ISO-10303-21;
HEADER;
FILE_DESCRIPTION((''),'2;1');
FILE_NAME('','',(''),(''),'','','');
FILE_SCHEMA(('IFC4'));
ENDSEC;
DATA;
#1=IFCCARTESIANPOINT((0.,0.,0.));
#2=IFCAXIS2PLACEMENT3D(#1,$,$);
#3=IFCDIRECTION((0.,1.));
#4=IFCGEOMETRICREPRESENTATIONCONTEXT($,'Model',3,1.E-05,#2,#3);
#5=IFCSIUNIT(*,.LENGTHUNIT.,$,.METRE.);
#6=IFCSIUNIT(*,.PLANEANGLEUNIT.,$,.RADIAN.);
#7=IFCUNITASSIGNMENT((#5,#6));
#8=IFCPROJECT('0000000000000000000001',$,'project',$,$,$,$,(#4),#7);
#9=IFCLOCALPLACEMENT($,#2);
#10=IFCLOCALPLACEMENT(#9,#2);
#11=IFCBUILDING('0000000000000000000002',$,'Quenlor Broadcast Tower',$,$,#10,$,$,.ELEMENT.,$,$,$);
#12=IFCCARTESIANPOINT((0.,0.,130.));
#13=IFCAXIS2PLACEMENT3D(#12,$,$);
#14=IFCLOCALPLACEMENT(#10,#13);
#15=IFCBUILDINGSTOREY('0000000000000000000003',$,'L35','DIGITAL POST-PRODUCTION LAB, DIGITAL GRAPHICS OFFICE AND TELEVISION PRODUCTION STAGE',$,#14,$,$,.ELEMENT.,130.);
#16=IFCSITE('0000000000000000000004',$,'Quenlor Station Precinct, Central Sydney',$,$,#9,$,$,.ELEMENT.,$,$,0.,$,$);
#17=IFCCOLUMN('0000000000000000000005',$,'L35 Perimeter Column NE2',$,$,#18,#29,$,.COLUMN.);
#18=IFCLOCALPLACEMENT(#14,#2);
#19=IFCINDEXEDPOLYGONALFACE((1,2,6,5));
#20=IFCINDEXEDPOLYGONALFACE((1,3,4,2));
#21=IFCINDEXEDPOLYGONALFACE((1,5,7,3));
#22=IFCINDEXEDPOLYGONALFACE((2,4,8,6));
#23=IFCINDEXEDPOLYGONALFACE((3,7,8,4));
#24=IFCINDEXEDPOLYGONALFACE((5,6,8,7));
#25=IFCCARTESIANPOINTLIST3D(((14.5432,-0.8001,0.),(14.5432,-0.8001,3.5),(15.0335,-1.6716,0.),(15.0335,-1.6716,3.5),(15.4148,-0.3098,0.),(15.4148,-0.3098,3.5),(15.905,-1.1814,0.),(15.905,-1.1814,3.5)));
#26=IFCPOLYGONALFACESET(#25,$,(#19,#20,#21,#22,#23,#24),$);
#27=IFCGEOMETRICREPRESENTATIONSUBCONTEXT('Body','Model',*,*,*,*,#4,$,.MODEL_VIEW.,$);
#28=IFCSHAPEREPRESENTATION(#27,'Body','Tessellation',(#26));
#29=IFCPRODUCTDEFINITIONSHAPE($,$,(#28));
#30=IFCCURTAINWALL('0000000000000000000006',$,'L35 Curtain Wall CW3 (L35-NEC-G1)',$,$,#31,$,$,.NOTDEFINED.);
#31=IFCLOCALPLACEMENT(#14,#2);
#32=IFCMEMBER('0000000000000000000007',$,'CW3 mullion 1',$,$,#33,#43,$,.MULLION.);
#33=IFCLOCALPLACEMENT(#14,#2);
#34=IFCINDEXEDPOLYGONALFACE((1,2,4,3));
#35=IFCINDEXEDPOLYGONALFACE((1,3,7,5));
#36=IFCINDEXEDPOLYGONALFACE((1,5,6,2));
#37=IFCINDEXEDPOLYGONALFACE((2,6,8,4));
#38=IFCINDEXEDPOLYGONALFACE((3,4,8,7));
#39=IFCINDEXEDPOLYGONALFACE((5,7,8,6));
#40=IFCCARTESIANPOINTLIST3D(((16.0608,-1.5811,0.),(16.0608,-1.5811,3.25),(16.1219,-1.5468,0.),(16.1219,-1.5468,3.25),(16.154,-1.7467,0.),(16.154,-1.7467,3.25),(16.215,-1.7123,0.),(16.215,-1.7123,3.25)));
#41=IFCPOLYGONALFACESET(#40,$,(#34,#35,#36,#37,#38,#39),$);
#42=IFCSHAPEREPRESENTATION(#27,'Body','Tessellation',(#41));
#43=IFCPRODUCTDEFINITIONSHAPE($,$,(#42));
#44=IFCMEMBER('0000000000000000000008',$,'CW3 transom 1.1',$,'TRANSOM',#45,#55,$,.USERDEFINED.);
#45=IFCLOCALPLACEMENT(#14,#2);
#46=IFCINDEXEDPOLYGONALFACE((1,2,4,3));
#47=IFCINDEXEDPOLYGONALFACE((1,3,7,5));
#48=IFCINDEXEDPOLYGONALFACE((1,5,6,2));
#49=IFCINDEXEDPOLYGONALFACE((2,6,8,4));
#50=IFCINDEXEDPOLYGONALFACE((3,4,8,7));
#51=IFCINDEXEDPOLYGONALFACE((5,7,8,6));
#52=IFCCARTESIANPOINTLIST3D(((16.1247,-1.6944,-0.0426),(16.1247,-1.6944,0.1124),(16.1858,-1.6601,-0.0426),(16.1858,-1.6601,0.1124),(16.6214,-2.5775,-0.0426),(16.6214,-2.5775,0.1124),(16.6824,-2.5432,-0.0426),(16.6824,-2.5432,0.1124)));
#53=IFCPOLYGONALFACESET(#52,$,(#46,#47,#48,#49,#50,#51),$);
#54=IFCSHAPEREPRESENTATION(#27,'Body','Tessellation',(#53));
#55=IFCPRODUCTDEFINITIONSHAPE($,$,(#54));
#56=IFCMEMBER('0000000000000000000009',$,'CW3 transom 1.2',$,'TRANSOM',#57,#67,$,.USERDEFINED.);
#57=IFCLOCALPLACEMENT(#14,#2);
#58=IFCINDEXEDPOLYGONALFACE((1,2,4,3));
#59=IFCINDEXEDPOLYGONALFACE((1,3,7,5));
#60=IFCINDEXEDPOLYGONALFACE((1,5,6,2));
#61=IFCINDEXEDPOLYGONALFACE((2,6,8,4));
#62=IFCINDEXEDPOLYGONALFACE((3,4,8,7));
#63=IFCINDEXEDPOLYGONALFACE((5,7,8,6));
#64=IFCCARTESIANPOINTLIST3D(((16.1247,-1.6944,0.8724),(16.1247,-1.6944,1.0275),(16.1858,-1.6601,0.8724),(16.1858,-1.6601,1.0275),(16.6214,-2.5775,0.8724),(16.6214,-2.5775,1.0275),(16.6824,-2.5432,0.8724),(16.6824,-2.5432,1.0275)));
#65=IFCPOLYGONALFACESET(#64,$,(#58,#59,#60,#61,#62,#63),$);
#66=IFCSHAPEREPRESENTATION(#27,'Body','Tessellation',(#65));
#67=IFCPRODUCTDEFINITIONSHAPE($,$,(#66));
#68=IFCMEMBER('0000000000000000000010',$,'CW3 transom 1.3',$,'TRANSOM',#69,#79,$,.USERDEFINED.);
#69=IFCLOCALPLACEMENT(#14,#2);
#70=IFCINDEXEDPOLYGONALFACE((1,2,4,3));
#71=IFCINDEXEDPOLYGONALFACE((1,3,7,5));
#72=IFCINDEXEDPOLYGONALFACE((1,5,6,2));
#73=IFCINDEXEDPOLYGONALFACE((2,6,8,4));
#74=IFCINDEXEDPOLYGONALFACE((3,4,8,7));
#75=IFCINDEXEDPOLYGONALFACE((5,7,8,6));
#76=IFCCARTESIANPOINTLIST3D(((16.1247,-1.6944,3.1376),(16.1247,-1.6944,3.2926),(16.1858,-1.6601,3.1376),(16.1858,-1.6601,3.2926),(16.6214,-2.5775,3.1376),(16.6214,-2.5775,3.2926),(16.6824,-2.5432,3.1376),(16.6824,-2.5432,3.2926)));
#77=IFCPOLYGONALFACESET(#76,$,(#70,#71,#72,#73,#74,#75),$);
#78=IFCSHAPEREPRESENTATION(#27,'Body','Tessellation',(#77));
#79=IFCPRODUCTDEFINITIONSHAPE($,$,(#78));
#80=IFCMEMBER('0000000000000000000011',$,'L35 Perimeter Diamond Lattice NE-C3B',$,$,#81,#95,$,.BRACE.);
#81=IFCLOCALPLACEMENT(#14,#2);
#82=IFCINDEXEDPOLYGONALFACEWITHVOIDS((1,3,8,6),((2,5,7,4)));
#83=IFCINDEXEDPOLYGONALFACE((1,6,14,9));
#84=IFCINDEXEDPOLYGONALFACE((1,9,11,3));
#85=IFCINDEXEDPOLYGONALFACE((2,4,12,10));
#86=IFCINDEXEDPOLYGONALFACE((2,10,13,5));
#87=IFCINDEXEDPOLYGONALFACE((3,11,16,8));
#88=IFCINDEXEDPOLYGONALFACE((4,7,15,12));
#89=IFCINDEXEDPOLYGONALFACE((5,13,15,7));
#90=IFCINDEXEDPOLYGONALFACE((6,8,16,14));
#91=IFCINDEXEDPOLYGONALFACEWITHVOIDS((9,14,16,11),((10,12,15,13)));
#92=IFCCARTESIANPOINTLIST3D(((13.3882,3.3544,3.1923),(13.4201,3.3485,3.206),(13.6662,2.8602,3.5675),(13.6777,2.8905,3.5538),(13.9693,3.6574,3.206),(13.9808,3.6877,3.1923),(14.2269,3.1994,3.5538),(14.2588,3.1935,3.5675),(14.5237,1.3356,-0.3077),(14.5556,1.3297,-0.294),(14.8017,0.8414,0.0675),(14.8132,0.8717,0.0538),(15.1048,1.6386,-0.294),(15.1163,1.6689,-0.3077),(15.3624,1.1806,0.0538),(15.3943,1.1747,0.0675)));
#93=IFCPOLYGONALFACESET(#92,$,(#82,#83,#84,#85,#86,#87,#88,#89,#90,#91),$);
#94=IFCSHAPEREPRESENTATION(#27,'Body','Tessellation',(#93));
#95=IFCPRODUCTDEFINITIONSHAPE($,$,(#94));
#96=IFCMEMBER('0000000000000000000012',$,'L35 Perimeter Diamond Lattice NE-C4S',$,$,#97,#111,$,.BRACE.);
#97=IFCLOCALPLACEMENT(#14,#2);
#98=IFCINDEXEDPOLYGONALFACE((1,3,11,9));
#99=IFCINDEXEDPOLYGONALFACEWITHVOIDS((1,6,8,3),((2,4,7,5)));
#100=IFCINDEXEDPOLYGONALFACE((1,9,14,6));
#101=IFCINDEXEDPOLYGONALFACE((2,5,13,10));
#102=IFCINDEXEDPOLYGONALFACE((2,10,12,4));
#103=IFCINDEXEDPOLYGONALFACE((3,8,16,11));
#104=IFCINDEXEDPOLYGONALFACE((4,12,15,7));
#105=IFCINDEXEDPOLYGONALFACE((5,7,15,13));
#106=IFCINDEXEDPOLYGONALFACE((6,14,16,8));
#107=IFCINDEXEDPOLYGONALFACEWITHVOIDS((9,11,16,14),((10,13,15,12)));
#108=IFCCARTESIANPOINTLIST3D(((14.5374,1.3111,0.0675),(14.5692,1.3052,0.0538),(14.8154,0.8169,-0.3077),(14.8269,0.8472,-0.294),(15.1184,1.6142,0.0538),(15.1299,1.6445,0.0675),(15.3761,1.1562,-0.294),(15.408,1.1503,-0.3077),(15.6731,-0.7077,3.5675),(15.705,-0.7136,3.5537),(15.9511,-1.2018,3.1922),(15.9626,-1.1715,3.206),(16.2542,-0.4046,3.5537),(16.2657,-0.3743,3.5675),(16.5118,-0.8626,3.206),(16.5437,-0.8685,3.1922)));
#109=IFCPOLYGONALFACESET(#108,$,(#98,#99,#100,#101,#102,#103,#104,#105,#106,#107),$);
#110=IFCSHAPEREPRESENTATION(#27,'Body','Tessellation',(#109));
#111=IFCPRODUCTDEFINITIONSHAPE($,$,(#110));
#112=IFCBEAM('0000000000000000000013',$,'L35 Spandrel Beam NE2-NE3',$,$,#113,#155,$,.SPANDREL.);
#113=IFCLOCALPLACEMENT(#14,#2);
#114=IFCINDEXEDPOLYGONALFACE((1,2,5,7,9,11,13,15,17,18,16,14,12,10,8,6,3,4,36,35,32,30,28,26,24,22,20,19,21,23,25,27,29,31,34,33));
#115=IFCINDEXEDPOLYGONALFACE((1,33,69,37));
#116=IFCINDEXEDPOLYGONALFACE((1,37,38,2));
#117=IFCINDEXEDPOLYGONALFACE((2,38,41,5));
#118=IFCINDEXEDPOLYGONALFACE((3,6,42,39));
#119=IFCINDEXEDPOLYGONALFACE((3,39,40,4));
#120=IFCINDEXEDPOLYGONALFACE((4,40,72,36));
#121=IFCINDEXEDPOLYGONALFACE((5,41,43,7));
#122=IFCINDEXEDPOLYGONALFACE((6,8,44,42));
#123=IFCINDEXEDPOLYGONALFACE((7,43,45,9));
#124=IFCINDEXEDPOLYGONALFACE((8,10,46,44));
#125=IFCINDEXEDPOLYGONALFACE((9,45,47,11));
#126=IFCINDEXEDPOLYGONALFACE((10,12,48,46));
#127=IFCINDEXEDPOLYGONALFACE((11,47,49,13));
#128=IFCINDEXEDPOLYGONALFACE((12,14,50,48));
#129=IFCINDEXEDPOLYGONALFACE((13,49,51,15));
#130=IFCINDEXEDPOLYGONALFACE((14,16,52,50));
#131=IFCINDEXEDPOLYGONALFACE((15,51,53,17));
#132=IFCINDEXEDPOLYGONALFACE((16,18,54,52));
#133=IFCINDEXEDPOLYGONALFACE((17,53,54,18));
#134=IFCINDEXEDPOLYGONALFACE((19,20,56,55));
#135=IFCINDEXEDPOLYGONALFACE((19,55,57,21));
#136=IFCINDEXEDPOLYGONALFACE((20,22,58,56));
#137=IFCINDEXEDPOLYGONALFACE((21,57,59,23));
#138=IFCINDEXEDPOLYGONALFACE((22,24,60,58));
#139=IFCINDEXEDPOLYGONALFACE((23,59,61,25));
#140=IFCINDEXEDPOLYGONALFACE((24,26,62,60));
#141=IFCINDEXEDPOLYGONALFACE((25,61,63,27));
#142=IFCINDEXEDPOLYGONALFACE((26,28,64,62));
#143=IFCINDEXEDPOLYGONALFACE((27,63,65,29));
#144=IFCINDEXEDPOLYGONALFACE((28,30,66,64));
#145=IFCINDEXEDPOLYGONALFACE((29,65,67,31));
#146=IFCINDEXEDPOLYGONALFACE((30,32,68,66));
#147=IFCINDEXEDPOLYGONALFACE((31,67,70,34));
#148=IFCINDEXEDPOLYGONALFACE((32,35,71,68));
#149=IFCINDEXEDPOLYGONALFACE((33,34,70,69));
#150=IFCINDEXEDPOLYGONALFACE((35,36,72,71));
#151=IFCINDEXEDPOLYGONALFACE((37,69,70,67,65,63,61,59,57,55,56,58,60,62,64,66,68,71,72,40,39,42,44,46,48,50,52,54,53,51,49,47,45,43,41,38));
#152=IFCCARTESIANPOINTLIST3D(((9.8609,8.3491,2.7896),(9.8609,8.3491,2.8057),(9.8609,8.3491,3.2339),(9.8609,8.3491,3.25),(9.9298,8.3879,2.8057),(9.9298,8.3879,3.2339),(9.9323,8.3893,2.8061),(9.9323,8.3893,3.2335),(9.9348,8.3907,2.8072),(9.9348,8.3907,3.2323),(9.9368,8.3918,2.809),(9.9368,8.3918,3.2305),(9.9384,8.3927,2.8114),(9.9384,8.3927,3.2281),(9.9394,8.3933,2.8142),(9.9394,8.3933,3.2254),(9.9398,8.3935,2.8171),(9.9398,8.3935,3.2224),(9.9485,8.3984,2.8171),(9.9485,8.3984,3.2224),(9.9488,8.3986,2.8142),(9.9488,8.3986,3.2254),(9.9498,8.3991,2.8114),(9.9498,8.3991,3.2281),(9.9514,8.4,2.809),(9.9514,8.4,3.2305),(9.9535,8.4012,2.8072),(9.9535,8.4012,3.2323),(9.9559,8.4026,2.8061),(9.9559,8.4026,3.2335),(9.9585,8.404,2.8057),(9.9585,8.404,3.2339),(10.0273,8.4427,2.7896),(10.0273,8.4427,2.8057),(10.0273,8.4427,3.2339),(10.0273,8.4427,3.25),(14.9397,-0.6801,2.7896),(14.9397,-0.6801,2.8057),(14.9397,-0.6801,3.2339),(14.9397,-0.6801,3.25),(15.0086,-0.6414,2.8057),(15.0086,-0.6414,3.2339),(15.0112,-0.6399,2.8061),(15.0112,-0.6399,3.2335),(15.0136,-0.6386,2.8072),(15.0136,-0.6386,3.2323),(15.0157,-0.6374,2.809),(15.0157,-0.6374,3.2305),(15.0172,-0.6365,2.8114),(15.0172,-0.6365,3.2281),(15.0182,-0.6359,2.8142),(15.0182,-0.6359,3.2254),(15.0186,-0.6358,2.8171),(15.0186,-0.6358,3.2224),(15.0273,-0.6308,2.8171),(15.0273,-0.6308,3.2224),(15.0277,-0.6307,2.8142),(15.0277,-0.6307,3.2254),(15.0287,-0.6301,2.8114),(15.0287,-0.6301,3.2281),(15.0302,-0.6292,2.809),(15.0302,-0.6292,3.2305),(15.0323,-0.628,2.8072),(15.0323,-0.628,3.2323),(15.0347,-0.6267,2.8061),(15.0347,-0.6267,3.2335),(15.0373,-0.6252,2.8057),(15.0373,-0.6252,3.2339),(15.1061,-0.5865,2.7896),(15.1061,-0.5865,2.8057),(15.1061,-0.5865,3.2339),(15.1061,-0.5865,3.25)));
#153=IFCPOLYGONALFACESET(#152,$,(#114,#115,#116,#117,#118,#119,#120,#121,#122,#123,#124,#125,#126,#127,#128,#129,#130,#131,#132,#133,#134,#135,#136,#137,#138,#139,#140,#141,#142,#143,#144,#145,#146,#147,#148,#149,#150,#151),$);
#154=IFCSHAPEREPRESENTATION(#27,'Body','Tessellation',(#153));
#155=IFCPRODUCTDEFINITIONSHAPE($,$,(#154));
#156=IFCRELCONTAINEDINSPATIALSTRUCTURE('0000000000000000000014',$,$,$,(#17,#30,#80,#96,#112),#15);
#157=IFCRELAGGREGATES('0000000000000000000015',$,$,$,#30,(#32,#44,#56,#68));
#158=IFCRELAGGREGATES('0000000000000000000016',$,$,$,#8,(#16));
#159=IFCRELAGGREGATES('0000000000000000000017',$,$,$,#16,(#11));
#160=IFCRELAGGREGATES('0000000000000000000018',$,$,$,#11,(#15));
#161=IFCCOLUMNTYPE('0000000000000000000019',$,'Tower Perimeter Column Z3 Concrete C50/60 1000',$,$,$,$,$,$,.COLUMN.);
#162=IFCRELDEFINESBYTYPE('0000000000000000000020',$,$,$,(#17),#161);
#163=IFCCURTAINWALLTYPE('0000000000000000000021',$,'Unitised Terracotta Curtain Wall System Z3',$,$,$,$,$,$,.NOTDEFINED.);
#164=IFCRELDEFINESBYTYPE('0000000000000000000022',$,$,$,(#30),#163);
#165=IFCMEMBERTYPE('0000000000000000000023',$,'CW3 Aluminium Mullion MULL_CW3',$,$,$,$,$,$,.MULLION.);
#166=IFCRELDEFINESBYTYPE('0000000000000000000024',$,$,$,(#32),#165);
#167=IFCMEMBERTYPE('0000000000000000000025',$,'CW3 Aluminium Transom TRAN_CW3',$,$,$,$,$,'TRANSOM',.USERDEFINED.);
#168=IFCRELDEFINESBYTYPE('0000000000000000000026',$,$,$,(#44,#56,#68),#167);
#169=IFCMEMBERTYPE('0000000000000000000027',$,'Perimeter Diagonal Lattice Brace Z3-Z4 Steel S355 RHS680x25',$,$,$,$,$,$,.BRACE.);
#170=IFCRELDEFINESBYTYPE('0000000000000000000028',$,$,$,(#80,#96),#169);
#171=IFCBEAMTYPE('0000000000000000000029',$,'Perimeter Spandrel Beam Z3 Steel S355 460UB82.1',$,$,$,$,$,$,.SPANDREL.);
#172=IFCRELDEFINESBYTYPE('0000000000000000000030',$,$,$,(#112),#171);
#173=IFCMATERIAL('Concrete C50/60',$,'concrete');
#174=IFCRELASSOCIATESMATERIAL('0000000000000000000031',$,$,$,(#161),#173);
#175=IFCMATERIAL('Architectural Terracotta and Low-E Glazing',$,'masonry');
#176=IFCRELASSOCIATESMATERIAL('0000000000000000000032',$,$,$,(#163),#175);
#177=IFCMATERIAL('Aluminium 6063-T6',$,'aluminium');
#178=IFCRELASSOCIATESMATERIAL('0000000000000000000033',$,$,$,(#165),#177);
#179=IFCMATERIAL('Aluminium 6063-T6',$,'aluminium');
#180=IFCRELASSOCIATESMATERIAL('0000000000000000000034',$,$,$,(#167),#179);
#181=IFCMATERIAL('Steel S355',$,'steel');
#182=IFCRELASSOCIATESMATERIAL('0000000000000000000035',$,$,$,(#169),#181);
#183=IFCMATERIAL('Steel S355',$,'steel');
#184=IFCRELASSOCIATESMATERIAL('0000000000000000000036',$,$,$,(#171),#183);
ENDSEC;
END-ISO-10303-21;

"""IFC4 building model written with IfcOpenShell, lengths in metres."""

from ifc_helpers import new_model, si_unit, direction, frame, origin, origin_2d, place, context, subcontext, project, spatial, rectangle, hollow_rectangle, i_section, extrude, material, material_profile, profile_set, type_object, element, aggregate, save


model = new_model("IFC4")

# Units and contexts
model_context = context("Model", 3, precision=1e-05, world=origin(), true_north=direction((0.0, 1.0)))
body_context = subcontext(model_context, "Body", "Model", "MODEL_VIEW")
ifc_project = project(units=[si_unit("LENGTHUNIT", "METRE"), si_unit("PLANEANGLEUNIT", "RADIAN")], contexts=[model_context])

# Site, building, storey
site_placement = place(None, origin())
site = spatial("IfcSite", under=ifc_project, at=site_placement, Name="Quenlor Station Precinct, Central Sydney", CompositionType="ELEMENT", RefElevation=0.0)
building_placement = place(site_placement, origin())
building = spatial("IfcBuilding", under=site, at=building_placement, Name="Quenlor Broadcast Tower", CompositionType="ELEMENT")
storey_placement = place(building_placement, frame((0.0, 0.0, 130.0)))
storey = spatial("IfcBuildingStorey", under=building, at=storey_placement, Name="L35", Description="DIGITAL POST-PRODUCTION LAB, DIGITAL GRAPHICS OFFICE AND TELEVISION PRODUCTION STAGE", CompositionType="ELEMENT", Elevation=130.0)

# Column
ifc_material_1 = material(Name="Concrete C50/60", Category="concrete")
ifc_material_profile_1 = material_profile(ifc_material_1, rectangle(XDim=1.0, YDim=1.0, at=origin_2d()))
ifc_profile_set_1 = profile_set([ifc_material_profile_1], Name="Concrete C50/60 RC1000x1000")
column_type = type_object("IfcColumnType", Name="Tower Perimeter Column Z3 Concrete C50/60 1000", PredefinedType="COLUMN", material=ifc_profile_set_1)
column_placement = place(storey_placement, frame((15.2241, -0.9907, 0.0), z_axis=(0.0, 0.0, 1.0), x_axis=(0.871575, 0.490262, 0.0)))
element("IfcColumn", 1, at=column_placement, inside=storey, type_object=column_type, Name="L35 Perimeter Column NE2", PredefinedType="COLUMN", context=body_context, shape_type="SweptSolid", body=[
    extrude(rectangle(XDim=1.0, YDim=1.0, at=origin_2d()), origin(), (0.0, 0.0, 1.0), 3.5),
])

# Curtain wall, members
ifc_material_2 = material(Name="Architectural Terracotta and Low-E Glazing", Category="masonry")
curtain_wall_type = type_object("IfcCurtainWallType", Name="Unitised Terracotta Curtain Wall System Z3", PredefinedType="NOTDEFINED", material=ifc_material_2)
curtain_wall_placement = place(storey_placement, origin())
curtain_wall = element("IfcCurtainWall", 2, at=curtain_wall_placement, inside=storey, type_object=curtain_wall_type, Name="L35 Curtain Wall CW3 (L35-NEC-G1)", PredefinedType="NOTDEFINED")
ifc_material_3 = material(Name="Aluminium 6063-T6", Category="aluminium")
ifc_material_profile_2 = material_profile(ifc_material_3, rectangle(XDim=0.0701, YDim=0.1899, at=origin_2d()))
ifc_profile_set_2 = profile_set([ifc_material_profile_2], Name="Aluminium 6063-T6 MULL70x190")
member_type_1 = type_object("IfcMemberType", Name="CW3 Aluminium Mullion MULL_CW3", PredefinedType="MULLION", material=ifc_profile_set_2)
member_1_placement = place(storey_placement, frame((16.1379, -1.6467, 0.0), z_axis=(0.0, 0.0, 1.0), x_axis=(0.87158, 0.490253, 0.0)))
member_1 = element("IfcMember", 3, at=member_1_placement, type_object=member_type_1, Name="CW3 mullion 1", PredefinedType="MULLION", context=body_context, shape_type="SweptSolid", body=[
    extrude(rectangle(XDim=0.0701, YDim=0.1899, at=origin_2d()), origin(), (0.0, 0.0, 1.0), 3.25),
])
ifc_material_4 = material(Name="Aluminium 6063-T6", Category="aluminium")
ifc_material_profile_3 = material_profile(ifc_material_4, rectangle(XDim=0.0701, YDim=0.155, at=origin_2d()))
ifc_profile_set_3 = profile_set([ifc_material_profile_3], Name="Aluminium 6063-T6 TRAN70x155")
member_type_2 = type_object("IfcMemberType", Name="CW3 Aluminium Transom TRAN_CW3", ElementType="TRANSOM", PredefinedType="USERDEFINED", material=ifc_profile_set_3)
member_2_placement = place(storey_placement, frame((16.1553, -1.6772, 0.0349), z_axis=(0.490158, -0.871633, 0.0), x_axis=(0.871633, 0.490158, 0.0)))
member_2 = element("IfcMember", 4, at=member_2_placement, type_object=member_type_2, Name="CW3 transom 1.1", ObjectType="TRANSOM", PredefinedType="USERDEFINED", context=body_context, shape_type="SweptSolid", body=[
    extrude(rectangle(XDim=0.0701, YDim=0.155, at=origin_2d()), origin(), (0.0, 0.0, 1.0), 1.0132),
])
member_3_placement = place(storey_placement, frame((16.1553, -1.6772, 0.95), z_axis=(0.490158, -0.871633, 0.0), x_axis=(0.871633, 0.490158, 0.0)))
member_3 = element("IfcMember", 5, at=member_3_placement, type_object=member_type_2, Name="CW3 transom 1.2", ObjectType="TRANSOM", PredefinedType="USERDEFINED", context=body_context, shape_type="SweptSolid", body=[
    extrude(rectangle(XDim=0.0701, YDim=0.155, at=origin_2d()), origin(), (0.0, 0.0, 1.0), 1.0132),
])
member_4_placement = place(storey_placement, frame((16.1553, -1.6772, 3.2151), z_axis=(0.490158, -0.871633, 0.0), x_axis=(0.871633, 0.490158, 0.0)))
member_4 = element("IfcMember", 6, at=member_4_placement, type_object=member_type_2, Name="CW3 transom 1.3", ObjectType="TRANSOM", PredefinedType="USERDEFINED", context=body_context, shape_type="SweptSolid", body=[
    extrude(rectangle(XDim=0.0701, YDim=0.155, at=origin_2d()), origin(), (0.0, 0.0, 1.0), 1.0132),
])

# Members
ifc_material_5 = material(Name="Steel S355", Category="steel")
ifc_material_profile_4 = material_profile(ifc_material_5, hollow_rectangle(XDim=0.6799, YDim=0.6799, WallThickness=0.0249, at=origin_2d()))
ifc_profile_set_4 = profile_set([ifc_material_profile_4], Name="Steel S355 RHS680x680x25")
member_type_3 = type_object("IfcMemberType", Name="Perimeter Diagonal Lattice Brace Z3-Z4 Steel S355 RHS680x25", PredefinedType="BRACE", material=ifc_profile_set_4)
for number, where, z_axis, x_axis, name in (
    (7, (14.959, 1.2551, -0.1201), (-0.270549, 0.481009, 0.833927), (-0.87159, -0.490236, 0.0), "L35 Perimeter Diamond Lattice NE-C3B"),
    (8, (14.9727, 1.2307, -0.1201), (0.270603, -0.481001, 0.833914), (0.871545, 0.490316, 0.0), "L35 Perimeter Diamond Lattice NE-C4S"),
):
    element("IfcMember", number, at=place(storey_placement, frame(where, z_axis=z_axis, x_axis=x_axis)), inside=storey, type_object=member_type_3, Name=name, PredefinedType="BRACE", context=body_context, shape_type="SweptSolid", body=[
        extrude(hollow_rectangle(XDim=0.6799, YDim=0.6799, WallThickness=0.0249, at=origin_2d()), origin(), (0.0, 0.0, 1.0), 4.197),
    ])

# Beam
ifc_material_6 = material(Name="Steel S355", Category="steel")
ifc_material_profile_5 = material_profile(ifc_material_6, i_section(OverallWidth=0.1909, OverallDepth=0.4604, WebThickness=0.01, FlangeThickness=0.0161, FilletRadius=0.0115, at=origin_2d()))
ifc_profile_set_5 = profile_set([ifc_material_profile_5], Name="Steel S355 460UB82.1")
beam_type_1 = type_object("IfcBeamType", Name="Perimeter Spandrel Beam Z3 Steel S355 460UB82.1", PredefinedType="SPANDREL", material=ifc_profile_set_5)
beam_1_placement = place(storey_placement, frame((15.0229, -0.6333, 3.0198), z_axis=(-0.490252, 0.871581, 0.0), x_axis=(-0.871581, -0.490252, 0.0)))
element("IfcBeam", 9, at=beam_1_placement, inside=storey, type_object=beam_type_1, Name="L35 Spandrel Beam NE2-NE3", PredefinedType="SPANDREL", context=body_context, shape_type="SweptSolid", body=[
    extrude(i_section(OverallWidth=0.1909, OverallDepth=0.4604, WebThickness=0.01, FlangeThickness=0.0161, FilletRadius=0.0115, at=origin_2d()), origin(), (0.0, 0.0, 1.0), 10.3596),
])

aggregate(curtain_wall, [member_1, member_2, member_3, member_4])

save(model, "model.ifc")
